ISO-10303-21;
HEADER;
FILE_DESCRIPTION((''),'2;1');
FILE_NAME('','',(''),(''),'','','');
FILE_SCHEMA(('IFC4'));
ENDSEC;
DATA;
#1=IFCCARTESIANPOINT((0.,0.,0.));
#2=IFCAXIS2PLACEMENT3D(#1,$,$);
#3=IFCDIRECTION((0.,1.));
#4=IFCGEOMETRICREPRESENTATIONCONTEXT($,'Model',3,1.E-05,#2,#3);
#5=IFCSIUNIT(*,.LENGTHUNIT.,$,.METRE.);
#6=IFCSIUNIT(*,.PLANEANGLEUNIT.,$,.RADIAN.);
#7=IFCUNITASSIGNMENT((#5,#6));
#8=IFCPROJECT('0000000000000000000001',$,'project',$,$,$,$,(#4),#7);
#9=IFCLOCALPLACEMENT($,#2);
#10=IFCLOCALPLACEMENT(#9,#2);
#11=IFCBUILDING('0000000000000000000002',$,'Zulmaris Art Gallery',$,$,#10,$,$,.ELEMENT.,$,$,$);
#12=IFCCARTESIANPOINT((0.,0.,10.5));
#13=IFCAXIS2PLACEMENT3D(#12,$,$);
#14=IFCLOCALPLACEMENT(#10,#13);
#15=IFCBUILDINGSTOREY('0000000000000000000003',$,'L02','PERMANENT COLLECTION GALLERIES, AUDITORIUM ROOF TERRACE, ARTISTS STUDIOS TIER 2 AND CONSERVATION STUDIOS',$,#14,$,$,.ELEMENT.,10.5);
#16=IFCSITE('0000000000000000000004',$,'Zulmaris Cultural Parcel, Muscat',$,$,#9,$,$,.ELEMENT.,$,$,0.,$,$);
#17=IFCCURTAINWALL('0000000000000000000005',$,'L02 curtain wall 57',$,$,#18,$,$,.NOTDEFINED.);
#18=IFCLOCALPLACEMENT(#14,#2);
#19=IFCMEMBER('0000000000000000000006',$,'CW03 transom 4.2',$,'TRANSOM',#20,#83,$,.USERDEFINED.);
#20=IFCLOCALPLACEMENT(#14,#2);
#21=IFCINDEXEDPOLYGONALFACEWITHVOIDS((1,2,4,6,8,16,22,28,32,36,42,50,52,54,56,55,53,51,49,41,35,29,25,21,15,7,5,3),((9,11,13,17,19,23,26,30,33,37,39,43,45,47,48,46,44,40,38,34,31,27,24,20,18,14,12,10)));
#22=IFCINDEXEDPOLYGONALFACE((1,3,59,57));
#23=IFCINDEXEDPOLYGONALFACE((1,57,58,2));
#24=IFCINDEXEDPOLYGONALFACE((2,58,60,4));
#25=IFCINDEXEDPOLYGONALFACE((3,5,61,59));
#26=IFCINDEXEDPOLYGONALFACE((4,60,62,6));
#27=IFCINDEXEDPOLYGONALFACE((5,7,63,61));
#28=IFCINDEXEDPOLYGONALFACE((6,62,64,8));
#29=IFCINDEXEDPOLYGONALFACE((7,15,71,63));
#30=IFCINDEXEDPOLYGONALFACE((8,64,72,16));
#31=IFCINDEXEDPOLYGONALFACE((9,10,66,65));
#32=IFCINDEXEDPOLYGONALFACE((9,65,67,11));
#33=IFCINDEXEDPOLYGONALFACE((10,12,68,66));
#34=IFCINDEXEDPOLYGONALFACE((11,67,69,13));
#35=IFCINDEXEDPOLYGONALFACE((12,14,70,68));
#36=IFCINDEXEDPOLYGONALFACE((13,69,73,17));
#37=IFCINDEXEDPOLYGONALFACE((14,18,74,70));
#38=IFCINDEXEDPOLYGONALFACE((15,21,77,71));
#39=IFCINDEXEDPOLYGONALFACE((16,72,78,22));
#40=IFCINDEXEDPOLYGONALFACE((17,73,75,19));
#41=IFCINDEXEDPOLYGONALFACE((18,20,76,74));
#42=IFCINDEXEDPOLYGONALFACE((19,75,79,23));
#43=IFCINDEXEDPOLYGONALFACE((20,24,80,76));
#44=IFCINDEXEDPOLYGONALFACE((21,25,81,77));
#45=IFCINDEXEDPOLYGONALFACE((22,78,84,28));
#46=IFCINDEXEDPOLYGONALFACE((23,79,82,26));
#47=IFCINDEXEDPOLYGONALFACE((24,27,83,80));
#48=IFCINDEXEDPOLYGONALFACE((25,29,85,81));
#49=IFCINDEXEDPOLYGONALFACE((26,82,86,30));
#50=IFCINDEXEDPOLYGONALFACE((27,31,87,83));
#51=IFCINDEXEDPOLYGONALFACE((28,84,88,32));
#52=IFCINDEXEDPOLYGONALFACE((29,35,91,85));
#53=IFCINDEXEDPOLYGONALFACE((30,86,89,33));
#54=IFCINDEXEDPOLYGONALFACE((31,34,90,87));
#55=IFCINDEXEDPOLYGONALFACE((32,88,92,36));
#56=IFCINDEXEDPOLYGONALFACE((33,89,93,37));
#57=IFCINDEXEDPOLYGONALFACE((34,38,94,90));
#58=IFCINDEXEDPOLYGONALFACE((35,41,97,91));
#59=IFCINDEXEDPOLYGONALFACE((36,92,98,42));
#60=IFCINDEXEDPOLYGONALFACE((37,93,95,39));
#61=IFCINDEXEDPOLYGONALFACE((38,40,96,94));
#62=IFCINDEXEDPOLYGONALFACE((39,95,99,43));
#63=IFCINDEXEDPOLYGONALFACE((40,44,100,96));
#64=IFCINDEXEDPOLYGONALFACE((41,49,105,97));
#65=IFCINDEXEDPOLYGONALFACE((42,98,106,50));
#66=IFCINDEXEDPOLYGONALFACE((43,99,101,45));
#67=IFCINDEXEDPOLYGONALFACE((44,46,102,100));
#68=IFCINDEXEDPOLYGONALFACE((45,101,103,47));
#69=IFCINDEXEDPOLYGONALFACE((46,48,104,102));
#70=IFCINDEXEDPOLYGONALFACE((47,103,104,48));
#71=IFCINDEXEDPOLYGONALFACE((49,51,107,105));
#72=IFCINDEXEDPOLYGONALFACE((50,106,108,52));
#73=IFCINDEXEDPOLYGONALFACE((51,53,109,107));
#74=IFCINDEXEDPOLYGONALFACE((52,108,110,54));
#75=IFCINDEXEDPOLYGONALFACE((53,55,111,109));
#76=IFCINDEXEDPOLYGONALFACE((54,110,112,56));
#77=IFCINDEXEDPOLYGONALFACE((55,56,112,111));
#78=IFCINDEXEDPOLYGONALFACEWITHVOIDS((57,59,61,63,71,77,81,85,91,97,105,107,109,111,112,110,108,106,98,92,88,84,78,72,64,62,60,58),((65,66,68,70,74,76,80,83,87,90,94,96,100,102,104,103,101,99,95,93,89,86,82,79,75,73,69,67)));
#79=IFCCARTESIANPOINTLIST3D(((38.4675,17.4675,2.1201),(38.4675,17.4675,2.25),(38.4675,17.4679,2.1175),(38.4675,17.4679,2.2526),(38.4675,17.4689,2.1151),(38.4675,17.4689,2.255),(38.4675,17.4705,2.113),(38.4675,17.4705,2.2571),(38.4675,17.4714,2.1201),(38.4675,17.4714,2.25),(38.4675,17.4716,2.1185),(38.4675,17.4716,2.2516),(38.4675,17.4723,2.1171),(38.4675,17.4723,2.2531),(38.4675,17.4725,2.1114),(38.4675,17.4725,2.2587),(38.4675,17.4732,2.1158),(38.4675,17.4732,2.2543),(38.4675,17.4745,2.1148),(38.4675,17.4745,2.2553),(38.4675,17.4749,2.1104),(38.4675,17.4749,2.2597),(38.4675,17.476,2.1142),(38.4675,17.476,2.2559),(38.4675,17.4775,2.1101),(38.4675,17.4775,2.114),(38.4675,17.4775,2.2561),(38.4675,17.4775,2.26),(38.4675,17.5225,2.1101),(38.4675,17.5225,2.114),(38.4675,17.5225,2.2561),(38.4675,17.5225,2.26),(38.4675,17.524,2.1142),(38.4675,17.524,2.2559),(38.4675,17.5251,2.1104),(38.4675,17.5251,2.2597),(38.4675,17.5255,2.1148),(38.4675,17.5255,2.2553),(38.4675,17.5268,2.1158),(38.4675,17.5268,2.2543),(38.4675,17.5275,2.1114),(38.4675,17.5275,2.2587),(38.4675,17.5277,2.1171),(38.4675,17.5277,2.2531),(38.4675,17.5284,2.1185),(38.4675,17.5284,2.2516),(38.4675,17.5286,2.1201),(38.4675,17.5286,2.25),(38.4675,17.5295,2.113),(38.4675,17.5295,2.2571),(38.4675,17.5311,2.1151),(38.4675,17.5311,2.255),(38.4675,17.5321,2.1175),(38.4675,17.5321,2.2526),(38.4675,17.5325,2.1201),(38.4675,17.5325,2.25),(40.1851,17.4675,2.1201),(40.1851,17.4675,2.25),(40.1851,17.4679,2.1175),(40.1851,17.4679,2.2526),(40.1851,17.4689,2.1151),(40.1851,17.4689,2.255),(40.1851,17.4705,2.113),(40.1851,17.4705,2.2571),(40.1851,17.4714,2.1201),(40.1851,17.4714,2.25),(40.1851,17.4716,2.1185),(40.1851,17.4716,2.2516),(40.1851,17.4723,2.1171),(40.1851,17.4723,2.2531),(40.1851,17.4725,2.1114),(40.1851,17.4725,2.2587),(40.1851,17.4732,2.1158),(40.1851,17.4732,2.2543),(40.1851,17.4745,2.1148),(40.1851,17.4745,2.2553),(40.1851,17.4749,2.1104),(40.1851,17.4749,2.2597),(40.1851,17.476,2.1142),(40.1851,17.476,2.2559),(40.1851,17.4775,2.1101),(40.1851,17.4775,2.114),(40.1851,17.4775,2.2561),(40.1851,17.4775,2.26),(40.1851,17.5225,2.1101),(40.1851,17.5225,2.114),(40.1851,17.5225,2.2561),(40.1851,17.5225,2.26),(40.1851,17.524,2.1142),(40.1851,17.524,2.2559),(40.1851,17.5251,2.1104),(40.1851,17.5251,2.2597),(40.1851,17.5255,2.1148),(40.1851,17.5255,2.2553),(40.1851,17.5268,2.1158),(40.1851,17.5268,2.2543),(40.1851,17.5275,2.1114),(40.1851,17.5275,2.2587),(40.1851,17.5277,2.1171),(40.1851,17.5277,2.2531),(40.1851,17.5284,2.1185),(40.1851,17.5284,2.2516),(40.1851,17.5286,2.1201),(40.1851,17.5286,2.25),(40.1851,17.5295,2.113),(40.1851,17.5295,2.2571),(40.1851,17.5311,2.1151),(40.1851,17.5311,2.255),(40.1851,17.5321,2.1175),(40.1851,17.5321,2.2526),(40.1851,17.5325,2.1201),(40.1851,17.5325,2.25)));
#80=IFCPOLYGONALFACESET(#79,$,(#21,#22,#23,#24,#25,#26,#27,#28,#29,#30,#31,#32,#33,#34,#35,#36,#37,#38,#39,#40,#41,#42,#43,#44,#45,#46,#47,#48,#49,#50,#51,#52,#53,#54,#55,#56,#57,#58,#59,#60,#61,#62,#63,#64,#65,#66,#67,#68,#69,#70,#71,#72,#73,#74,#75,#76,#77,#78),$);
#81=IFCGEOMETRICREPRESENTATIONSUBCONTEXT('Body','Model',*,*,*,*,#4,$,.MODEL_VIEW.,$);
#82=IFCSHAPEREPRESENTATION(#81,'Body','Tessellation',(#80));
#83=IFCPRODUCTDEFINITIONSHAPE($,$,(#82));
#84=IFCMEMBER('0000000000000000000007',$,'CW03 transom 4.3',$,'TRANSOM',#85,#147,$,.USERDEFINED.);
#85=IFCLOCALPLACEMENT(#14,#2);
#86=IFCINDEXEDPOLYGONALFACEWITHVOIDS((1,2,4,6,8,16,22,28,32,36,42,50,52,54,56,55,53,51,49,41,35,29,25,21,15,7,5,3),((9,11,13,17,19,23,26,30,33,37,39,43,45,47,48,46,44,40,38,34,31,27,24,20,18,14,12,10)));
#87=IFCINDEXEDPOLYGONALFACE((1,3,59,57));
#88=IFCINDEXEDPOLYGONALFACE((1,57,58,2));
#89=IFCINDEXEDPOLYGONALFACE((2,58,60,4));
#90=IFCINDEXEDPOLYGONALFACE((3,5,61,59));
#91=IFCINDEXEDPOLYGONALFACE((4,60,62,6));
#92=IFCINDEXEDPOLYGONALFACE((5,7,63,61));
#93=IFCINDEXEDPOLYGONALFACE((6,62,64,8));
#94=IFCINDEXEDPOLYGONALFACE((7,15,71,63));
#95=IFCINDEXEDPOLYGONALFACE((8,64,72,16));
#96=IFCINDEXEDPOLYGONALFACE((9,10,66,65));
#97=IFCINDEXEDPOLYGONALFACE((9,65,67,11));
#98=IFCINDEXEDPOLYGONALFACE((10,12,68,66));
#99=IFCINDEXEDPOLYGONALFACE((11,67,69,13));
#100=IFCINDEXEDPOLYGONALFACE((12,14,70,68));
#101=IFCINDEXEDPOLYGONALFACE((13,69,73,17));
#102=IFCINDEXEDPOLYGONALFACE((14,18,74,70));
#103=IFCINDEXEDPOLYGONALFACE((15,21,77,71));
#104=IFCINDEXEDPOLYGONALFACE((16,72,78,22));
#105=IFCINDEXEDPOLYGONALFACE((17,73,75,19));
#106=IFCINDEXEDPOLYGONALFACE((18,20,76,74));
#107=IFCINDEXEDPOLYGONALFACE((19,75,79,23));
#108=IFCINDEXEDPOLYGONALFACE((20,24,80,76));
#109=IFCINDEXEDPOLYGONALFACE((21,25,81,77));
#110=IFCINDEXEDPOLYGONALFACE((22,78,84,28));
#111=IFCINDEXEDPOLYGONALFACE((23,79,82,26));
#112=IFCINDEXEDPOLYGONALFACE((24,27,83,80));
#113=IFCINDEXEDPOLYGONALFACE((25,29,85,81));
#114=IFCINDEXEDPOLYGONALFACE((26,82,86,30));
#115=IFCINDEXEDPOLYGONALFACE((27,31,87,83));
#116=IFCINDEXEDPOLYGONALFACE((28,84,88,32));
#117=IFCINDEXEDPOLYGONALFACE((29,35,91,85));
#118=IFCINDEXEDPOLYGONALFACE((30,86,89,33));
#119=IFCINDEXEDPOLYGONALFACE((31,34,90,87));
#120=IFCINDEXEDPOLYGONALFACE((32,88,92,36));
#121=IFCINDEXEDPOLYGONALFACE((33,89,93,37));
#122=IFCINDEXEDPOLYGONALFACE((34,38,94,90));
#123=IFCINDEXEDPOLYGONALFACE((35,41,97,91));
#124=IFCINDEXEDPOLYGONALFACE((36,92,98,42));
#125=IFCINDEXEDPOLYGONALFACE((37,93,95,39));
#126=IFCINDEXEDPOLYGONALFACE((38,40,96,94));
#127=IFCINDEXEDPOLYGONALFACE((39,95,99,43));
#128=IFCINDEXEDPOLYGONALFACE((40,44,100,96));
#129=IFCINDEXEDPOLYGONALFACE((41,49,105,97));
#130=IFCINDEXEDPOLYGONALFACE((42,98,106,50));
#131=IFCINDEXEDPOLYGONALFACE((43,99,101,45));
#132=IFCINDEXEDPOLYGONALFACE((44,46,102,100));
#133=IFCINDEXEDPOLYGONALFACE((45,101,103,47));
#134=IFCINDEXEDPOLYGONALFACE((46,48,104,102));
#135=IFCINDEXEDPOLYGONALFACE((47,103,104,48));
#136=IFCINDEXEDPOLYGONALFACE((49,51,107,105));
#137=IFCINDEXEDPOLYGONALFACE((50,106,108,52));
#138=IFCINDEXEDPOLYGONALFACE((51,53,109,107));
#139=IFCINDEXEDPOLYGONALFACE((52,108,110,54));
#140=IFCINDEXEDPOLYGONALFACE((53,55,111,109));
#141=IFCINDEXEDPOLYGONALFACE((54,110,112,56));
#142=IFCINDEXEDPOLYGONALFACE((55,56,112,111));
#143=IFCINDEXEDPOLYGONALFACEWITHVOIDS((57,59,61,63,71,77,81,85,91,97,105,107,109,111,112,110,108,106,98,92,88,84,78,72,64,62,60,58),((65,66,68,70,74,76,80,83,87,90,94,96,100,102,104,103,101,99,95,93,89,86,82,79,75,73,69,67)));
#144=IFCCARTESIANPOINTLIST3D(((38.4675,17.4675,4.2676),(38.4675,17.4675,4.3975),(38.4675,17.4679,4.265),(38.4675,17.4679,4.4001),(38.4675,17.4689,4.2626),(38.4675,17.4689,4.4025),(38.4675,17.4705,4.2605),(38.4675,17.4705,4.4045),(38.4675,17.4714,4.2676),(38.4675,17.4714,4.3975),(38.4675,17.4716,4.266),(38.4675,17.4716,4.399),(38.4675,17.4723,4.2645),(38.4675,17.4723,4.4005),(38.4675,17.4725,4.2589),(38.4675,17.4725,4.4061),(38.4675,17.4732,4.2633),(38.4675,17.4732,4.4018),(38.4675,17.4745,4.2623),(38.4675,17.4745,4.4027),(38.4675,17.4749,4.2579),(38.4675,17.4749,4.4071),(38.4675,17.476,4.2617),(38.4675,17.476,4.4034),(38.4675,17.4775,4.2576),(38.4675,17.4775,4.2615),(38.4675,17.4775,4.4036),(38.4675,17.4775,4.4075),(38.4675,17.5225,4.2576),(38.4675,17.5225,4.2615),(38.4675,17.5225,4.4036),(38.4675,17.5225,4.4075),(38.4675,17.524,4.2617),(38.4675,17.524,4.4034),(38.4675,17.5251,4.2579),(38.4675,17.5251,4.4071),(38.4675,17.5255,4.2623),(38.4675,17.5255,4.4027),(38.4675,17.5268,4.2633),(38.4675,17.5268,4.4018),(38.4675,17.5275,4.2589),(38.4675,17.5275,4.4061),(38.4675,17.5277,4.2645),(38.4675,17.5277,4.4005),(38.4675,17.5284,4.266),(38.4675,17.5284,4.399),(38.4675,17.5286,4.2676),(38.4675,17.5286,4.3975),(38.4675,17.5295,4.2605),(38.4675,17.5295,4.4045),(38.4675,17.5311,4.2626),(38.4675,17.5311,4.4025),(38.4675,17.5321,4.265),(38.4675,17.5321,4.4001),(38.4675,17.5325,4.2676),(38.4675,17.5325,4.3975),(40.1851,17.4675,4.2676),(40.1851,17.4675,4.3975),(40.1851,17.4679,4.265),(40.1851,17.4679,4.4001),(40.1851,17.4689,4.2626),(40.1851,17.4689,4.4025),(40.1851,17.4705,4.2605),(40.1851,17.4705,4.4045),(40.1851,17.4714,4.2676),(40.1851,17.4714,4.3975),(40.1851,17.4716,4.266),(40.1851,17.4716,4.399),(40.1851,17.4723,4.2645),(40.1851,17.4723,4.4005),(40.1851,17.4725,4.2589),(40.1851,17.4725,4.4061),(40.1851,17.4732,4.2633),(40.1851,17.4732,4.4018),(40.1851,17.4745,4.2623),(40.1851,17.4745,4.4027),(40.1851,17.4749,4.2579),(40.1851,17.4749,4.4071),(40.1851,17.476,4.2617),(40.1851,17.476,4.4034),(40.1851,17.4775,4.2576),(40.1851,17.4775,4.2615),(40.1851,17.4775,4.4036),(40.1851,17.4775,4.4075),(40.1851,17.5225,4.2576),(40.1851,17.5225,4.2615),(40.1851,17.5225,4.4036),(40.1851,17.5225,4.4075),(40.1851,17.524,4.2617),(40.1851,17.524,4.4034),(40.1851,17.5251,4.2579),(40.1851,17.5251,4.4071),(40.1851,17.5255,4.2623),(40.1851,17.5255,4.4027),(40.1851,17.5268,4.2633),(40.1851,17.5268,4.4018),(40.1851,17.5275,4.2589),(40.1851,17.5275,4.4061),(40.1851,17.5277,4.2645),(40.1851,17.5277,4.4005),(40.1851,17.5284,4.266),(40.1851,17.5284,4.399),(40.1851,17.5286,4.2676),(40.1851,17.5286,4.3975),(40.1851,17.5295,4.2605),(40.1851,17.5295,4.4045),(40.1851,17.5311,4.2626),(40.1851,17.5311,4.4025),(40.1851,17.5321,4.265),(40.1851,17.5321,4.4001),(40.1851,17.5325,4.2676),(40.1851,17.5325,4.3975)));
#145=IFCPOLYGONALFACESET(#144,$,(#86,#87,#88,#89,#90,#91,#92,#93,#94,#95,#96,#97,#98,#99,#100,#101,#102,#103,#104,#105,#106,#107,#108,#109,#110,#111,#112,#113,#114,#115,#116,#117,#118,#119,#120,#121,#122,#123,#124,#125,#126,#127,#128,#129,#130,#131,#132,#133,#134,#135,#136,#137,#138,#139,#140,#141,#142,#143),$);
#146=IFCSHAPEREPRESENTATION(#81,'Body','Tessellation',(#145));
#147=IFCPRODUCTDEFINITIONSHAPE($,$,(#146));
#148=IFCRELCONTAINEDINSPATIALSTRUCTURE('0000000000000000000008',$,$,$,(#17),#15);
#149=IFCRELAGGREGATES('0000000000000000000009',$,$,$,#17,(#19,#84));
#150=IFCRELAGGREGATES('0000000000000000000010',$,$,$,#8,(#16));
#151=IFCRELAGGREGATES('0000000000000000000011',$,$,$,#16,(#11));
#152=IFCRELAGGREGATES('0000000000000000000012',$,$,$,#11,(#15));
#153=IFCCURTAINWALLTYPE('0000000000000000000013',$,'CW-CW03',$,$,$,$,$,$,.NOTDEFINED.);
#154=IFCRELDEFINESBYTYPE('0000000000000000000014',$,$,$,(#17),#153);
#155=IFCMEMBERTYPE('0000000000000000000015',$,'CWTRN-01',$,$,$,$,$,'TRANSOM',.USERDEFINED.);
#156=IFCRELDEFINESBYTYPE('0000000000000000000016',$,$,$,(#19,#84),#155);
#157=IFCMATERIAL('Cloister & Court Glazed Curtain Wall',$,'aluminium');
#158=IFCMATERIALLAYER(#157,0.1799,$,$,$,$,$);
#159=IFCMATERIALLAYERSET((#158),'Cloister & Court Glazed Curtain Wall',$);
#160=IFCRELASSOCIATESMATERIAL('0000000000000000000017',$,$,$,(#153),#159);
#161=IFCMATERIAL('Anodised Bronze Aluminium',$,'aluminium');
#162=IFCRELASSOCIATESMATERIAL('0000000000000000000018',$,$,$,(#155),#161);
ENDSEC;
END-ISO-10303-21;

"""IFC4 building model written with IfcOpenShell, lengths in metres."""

from ifc_helpers import new_model, si_unit, direction, frame, origin, origin_2d, place, context, subcontext, project, spatial, hollow_rectangle, extrude, material, layer, layer_set, material_profile, profile_set, type_object, element, aggregate, save


model = new_model("IFC4")

# Units and contexts
model_context = context("Model", 3, precision=1e-05, world=origin(), true_north=direction((0.0, 1.0)))
body_context = subcontext(model_context, "Body", "Model", "MODEL_VIEW")
ifc_project = project(units=[si_unit("LENGTHUNIT", "METRE"), si_unit("PLANEANGLEUNIT", "RADIAN")], contexts=[model_context])

# Site, building, storey
site_placement = place(None, origin())
site = spatial("IfcSite", under=ifc_project, at=site_placement, Name="Zulmaris Cultural Parcel, Muscat", CompositionType="ELEMENT", RefElevation=0.0)
building_placement = place(site_placement, origin())
building = spatial("IfcBuilding", under=site, at=building_placement, Name="Zulmaris Art Gallery", CompositionType="ELEMENT")
storey_placement = place(building_placement, frame((0.0, 0.0, 10.5)))
storey = spatial("IfcBuildingStorey", under=building, at=storey_placement, Name="L02", Description="PERMANENT COLLECTION GALLERIES, AUDITORIUM ROOF TERRACE, ARTISTS STUDIOS TIER 2 AND CONSERVATION STUDIOS", CompositionType="ELEMENT", Elevation=10.5)

# Curtain wall
ifc_material_1 = material(Name="Cloister & Court Glazed Curtain Wall", Category="aluminium")
ifc_layer_1 = layer(ifc_material_1, 0.1799)
ifc_layer_set_1 = layer_set([ifc_layer_1], Name="Cloister & Court Glazed Curtain Wall")
curtain_wall_type = type_object("IfcCurtainWallType", Name="CW-CW03", PredefinedType="NOTDEFINED", material=ifc_layer_set_1)
curtain_wall_1_placement = place(storey_placement, origin())
curtain_wall_1 = element("IfcCurtainWall", 1, at=curtain_wall_1_placement, inside=storey, type_object=curtain_wall_type, Name="L02 curtain wall 57", PredefinedType="NOTDEFINED")
ifc_material_2 = material(Name="Anodised Bronze Aluminium", Category="aluminium")

# Members
ifc_material_profile_1 = material_profile(ifc_material_2, hollow_rectangle(XDim=0.0649, YDim=0.1499, WallThickness=0.0039, InnerFilletRadius=0.0061, OuterFilletRadius=0.01, at=origin_2d()), Name="ALU 65x150x4")
ifc_profile_set_1 = profile_set([ifc_material_profile_1], Name="Anodised Bronze Aluminium")
member_type_1 = type_object("IfcMemberType", Name="CWTRN-01", ElementType="TRANSOM", PredefinedType="USERDEFINED", material=ifc_profile_set_1)
member_1_placement = place(storey_placement, frame((38.4675, 17.5, 2.1851), z_axis=(1.0, 0.0, 0.0), x_axis=(0.0, 1.0, 0.0)))
member_1 = element("IfcMember", 2, at=member_1_placement, type_object=member_type_1, Name="CW03 transom 4.2", ObjectType="TRANSOM", PredefinedType="USERDEFINED", context=body_context, shape_type="SweptSolid", body=[
    extrude(hollow_rectangle(XDim=0.0649, YDim=0.1499, WallThickness=0.0039, InnerFilletRadius=0.0061, OuterFilletRadius=0.01, at=origin_2d()), origin(), (0.0, 0.0, 1.0), 1.7175),
])
member_2_placement = place(storey_placement, frame((38.4675, 17.5, 4.3325), z_axis=(1.0, 0.0, 0.0), x_axis=(0.0, 1.0, 0.0)))
member_2 = element("IfcMember", 3, at=member_2_placement, type_object=member_type_1, Name="CW03 transom 4.3", ObjectType="TRANSOM", PredefinedType="USERDEFINED", context=body_context, shape_type="SweptSolid", body=[
    extrude(hollow_rectangle(XDim=0.0649, YDim=0.1499, WallThickness=0.0039, InnerFilletRadius=0.0061, OuterFilletRadius=0.01, at=origin_2d()), origin(), (0.0, 0.0, 1.0), 1.7175),
])

aggregate(curtain_wall_1, [member_1, member_2])

save(model, "model.ifc")
